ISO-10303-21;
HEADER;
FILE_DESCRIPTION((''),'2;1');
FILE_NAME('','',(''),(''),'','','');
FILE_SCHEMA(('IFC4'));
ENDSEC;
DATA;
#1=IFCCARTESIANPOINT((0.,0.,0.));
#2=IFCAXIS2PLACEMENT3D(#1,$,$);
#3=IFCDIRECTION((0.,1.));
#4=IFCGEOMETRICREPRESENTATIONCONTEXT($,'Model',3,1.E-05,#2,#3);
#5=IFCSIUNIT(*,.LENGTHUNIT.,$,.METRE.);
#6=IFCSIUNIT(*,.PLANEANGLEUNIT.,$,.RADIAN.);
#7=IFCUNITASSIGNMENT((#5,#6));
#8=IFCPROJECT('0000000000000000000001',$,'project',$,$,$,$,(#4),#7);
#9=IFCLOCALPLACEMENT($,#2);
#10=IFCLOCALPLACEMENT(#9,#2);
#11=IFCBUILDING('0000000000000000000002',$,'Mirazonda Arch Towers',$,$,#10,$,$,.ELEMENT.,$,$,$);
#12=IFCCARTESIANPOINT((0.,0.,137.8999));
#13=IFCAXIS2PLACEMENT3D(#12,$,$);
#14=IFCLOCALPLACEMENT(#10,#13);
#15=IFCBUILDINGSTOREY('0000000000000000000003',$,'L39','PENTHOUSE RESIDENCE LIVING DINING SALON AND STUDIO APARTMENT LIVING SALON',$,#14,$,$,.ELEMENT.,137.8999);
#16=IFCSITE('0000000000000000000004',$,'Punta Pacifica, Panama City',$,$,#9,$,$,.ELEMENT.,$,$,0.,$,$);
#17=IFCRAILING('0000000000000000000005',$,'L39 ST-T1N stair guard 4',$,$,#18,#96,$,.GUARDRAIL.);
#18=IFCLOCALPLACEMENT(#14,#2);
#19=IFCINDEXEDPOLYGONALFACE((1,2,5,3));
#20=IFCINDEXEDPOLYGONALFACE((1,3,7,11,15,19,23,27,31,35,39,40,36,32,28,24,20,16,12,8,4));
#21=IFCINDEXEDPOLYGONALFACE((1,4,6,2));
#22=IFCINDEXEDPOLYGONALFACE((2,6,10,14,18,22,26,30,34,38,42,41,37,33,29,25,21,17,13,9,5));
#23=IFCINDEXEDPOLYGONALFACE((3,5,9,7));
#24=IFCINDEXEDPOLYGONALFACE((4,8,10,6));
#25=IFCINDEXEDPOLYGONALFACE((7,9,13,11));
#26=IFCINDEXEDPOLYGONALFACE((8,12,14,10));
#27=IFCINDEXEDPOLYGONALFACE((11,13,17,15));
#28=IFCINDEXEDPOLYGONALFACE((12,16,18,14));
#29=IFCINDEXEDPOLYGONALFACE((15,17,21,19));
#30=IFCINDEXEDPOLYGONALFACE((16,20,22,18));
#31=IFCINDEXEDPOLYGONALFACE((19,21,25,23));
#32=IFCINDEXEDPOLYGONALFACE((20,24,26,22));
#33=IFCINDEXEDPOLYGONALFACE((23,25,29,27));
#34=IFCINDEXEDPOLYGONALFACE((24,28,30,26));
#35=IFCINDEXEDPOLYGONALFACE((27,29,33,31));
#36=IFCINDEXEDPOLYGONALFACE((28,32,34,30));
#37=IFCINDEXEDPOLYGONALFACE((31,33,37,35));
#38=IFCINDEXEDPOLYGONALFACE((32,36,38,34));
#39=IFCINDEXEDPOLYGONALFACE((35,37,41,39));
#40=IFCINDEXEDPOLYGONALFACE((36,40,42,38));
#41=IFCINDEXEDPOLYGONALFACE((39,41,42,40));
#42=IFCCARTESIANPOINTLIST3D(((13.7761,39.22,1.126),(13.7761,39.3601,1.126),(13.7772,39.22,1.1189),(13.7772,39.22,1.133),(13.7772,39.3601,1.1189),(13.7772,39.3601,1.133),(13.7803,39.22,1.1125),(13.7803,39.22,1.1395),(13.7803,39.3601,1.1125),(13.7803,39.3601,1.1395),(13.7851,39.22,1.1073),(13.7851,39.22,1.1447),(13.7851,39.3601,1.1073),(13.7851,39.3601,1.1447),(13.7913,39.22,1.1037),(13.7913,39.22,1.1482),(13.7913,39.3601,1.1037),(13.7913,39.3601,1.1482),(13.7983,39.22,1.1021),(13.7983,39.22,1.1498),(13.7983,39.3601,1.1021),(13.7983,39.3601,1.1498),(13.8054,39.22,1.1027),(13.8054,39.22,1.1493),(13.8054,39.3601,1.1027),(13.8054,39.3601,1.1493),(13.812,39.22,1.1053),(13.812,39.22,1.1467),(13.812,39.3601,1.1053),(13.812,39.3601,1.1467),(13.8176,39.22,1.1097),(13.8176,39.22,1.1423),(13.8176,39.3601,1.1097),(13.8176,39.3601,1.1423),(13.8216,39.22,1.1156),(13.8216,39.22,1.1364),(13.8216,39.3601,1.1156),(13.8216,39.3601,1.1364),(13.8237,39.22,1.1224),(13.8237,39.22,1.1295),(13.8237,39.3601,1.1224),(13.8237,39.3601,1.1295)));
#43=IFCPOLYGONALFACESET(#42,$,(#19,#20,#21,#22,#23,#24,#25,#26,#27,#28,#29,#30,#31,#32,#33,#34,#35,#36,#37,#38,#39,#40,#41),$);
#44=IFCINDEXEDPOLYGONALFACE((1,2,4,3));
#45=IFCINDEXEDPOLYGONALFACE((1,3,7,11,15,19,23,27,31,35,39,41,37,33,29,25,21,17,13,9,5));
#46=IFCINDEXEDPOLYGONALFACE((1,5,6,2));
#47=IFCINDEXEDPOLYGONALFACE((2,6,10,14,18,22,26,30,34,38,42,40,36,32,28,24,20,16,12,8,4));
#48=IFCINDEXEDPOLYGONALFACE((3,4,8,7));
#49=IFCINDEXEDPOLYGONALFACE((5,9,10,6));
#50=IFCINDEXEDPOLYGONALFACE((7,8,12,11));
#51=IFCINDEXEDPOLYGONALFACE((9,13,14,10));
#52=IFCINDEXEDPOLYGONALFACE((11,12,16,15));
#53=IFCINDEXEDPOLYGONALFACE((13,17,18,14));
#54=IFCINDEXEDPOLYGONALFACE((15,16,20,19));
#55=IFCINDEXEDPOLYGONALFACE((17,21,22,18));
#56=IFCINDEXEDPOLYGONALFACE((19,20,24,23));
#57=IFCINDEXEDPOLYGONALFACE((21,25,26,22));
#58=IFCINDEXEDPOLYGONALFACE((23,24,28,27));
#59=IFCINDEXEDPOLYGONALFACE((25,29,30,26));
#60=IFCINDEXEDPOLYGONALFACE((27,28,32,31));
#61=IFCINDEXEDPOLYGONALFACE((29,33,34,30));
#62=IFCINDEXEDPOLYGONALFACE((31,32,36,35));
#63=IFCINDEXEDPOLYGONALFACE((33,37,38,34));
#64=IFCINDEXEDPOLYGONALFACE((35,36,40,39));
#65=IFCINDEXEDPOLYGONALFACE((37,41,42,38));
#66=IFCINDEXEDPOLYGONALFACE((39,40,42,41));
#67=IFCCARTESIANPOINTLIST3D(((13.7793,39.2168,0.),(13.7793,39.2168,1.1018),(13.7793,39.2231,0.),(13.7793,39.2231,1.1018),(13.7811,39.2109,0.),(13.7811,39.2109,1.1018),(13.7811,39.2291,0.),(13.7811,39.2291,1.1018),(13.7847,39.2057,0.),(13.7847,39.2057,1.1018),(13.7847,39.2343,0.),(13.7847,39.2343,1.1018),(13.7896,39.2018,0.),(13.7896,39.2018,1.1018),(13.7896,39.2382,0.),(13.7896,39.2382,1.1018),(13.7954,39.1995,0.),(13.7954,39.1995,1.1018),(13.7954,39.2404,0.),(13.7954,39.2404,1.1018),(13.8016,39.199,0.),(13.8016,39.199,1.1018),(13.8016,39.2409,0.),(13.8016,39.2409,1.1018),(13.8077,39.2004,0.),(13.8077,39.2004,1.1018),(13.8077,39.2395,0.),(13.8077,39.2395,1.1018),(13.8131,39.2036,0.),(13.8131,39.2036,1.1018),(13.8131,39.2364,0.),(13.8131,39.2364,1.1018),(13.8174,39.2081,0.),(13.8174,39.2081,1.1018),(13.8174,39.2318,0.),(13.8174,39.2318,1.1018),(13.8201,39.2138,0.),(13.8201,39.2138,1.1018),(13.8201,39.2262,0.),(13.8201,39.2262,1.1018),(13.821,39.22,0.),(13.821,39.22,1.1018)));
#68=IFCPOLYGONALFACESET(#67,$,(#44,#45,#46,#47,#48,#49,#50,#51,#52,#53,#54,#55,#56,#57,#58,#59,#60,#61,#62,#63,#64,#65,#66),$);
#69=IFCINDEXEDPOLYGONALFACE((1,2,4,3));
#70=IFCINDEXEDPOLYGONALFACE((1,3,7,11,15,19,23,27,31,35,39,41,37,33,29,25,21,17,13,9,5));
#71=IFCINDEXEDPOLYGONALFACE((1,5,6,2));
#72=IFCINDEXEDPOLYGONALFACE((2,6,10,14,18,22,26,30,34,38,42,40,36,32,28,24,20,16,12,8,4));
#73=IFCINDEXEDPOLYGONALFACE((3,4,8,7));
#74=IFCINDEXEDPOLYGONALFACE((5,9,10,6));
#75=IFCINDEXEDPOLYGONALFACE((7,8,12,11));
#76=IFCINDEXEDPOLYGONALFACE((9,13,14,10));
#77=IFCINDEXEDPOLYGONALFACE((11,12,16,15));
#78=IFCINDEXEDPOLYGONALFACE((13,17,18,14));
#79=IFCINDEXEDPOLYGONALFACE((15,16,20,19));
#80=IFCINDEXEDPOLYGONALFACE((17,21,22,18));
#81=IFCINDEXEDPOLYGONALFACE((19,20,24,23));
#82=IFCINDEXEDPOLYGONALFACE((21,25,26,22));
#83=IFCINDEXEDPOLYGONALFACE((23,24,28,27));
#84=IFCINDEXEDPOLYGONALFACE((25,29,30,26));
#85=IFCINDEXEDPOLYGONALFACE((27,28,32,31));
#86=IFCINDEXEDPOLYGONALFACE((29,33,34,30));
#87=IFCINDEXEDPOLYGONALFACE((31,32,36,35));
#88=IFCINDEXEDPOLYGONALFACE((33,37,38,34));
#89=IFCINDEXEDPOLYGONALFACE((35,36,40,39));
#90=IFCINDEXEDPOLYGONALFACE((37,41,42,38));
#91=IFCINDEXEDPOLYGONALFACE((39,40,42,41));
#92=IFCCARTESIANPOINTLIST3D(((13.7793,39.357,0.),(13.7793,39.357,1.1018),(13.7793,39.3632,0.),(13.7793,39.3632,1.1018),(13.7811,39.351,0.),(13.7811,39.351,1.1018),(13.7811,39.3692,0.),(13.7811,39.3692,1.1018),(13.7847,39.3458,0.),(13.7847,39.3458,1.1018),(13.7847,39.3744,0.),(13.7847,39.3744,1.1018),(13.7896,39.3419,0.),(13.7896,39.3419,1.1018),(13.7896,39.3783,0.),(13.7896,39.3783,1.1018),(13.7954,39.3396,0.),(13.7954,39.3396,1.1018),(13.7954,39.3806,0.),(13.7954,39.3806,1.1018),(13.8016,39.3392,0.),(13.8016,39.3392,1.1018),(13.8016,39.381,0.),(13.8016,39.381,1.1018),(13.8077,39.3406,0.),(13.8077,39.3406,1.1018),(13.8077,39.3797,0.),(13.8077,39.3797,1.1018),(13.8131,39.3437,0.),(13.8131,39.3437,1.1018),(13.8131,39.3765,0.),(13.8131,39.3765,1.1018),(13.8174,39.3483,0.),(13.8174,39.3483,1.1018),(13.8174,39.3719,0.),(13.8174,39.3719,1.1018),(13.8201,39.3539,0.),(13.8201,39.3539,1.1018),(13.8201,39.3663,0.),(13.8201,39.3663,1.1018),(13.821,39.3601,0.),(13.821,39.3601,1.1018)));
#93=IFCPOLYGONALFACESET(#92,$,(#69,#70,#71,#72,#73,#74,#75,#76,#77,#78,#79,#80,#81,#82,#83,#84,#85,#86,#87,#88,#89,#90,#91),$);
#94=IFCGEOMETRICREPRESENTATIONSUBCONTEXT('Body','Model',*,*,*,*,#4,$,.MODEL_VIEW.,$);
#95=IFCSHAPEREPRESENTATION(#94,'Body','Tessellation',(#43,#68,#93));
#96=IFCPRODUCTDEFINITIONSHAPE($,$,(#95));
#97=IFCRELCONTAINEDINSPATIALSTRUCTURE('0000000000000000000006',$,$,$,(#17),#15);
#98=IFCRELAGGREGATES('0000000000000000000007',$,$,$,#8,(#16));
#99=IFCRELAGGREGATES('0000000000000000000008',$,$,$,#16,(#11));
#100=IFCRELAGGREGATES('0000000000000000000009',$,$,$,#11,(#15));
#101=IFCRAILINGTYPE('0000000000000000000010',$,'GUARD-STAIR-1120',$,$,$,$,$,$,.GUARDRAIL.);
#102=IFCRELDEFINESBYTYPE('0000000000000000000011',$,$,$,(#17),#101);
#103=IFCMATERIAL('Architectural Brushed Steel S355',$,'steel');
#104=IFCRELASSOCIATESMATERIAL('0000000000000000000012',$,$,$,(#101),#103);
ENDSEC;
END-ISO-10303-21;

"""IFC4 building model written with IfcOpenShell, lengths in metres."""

from ifc_helpers import new_model, si_unit, direction, frame, origin, origin_2d, place, context, subcontext, project, spatial, circle, extrude, material, type_object, element, save


model = new_model("IFC4")

# Units and contexts
model_context = context("Model", 3, precision=1e-05, world=origin(), true_north=direction((0.0, 1.0)))
body_context = subcontext(model_context, "Body", "Model", "MODEL_VIEW")
ifc_project = project(units=[si_unit("LENGTHUNIT", "METRE"), si_unit("PLANEANGLEUNIT", "RADIAN")], contexts=[model_context])

# Site, building, storey
site_placement = place(None, origin())
site = spatial("IfcSite", under=ifc_project, at=site_placement, Name="Punta Pacifica, Panama City", CompositionType="ELEMENT", RefElevation=0.0)
building_placement = place(site_placement, origin())
building = spatial("IfcBuilding", under=site, at=building_placement, Name="Mirazonda Arch Towers", CompositionType="ELEMENT")
storey_placement = place(building_placement, frame((0.0, 0.0, 137.8999)))
storey = spatial("IfcBuildingStorey", under=building, at=storey_placement, Name="L39", Description="PENTHOUSE RESIDENCE LIVING DINING SALON AND STUDIO APARTMENT LIVING SALON", CompositionType="ELEMENT", Elevation=137.8999)

# Shared definitions
ifc_material_1 = material(Name="Architectural Brushed Steel S355", Category="steel")

# Railing
railing_type_1 = type_object("IfcRailingType", Name="GUARD-STAIR-1120", PredefinedType="GUARDRAIL", material=ifc_material_1)
railing_1_placement = place(storey_placement, frame((13.8, 39.22, 0.0)))
element("IfcRailing", 1, at=railing_1_placement, inside=storey, type_object=railing_type_1, Name="L39 ST-T1N stair guard 4", PredefinedType="GUARDRAIL", context=body_context, shape_type="SweptSolid", body=[
    extrude(circle(Radius=0.0239, at=origin_2d()), frame((0.0, 0.0, 1.126), z_axis=(0.0, 1.0, 0.0), x_axis=(-1.0, 0.0, 0.0)), (0.0, 0.0, 1.0), 0.1401),
    extrude(circle(Radius=0.021, at=origin_2d()), origin(), (0.0, 0.0, 1.0), 1.1018),
    extrude(circle(Radius=0.021, at=origin_2d()), frame((0.0, 0.1401, 0.0)), (0.0, 0.0, 1.0), 1.1018),
])

save(model, "model.ifc")
